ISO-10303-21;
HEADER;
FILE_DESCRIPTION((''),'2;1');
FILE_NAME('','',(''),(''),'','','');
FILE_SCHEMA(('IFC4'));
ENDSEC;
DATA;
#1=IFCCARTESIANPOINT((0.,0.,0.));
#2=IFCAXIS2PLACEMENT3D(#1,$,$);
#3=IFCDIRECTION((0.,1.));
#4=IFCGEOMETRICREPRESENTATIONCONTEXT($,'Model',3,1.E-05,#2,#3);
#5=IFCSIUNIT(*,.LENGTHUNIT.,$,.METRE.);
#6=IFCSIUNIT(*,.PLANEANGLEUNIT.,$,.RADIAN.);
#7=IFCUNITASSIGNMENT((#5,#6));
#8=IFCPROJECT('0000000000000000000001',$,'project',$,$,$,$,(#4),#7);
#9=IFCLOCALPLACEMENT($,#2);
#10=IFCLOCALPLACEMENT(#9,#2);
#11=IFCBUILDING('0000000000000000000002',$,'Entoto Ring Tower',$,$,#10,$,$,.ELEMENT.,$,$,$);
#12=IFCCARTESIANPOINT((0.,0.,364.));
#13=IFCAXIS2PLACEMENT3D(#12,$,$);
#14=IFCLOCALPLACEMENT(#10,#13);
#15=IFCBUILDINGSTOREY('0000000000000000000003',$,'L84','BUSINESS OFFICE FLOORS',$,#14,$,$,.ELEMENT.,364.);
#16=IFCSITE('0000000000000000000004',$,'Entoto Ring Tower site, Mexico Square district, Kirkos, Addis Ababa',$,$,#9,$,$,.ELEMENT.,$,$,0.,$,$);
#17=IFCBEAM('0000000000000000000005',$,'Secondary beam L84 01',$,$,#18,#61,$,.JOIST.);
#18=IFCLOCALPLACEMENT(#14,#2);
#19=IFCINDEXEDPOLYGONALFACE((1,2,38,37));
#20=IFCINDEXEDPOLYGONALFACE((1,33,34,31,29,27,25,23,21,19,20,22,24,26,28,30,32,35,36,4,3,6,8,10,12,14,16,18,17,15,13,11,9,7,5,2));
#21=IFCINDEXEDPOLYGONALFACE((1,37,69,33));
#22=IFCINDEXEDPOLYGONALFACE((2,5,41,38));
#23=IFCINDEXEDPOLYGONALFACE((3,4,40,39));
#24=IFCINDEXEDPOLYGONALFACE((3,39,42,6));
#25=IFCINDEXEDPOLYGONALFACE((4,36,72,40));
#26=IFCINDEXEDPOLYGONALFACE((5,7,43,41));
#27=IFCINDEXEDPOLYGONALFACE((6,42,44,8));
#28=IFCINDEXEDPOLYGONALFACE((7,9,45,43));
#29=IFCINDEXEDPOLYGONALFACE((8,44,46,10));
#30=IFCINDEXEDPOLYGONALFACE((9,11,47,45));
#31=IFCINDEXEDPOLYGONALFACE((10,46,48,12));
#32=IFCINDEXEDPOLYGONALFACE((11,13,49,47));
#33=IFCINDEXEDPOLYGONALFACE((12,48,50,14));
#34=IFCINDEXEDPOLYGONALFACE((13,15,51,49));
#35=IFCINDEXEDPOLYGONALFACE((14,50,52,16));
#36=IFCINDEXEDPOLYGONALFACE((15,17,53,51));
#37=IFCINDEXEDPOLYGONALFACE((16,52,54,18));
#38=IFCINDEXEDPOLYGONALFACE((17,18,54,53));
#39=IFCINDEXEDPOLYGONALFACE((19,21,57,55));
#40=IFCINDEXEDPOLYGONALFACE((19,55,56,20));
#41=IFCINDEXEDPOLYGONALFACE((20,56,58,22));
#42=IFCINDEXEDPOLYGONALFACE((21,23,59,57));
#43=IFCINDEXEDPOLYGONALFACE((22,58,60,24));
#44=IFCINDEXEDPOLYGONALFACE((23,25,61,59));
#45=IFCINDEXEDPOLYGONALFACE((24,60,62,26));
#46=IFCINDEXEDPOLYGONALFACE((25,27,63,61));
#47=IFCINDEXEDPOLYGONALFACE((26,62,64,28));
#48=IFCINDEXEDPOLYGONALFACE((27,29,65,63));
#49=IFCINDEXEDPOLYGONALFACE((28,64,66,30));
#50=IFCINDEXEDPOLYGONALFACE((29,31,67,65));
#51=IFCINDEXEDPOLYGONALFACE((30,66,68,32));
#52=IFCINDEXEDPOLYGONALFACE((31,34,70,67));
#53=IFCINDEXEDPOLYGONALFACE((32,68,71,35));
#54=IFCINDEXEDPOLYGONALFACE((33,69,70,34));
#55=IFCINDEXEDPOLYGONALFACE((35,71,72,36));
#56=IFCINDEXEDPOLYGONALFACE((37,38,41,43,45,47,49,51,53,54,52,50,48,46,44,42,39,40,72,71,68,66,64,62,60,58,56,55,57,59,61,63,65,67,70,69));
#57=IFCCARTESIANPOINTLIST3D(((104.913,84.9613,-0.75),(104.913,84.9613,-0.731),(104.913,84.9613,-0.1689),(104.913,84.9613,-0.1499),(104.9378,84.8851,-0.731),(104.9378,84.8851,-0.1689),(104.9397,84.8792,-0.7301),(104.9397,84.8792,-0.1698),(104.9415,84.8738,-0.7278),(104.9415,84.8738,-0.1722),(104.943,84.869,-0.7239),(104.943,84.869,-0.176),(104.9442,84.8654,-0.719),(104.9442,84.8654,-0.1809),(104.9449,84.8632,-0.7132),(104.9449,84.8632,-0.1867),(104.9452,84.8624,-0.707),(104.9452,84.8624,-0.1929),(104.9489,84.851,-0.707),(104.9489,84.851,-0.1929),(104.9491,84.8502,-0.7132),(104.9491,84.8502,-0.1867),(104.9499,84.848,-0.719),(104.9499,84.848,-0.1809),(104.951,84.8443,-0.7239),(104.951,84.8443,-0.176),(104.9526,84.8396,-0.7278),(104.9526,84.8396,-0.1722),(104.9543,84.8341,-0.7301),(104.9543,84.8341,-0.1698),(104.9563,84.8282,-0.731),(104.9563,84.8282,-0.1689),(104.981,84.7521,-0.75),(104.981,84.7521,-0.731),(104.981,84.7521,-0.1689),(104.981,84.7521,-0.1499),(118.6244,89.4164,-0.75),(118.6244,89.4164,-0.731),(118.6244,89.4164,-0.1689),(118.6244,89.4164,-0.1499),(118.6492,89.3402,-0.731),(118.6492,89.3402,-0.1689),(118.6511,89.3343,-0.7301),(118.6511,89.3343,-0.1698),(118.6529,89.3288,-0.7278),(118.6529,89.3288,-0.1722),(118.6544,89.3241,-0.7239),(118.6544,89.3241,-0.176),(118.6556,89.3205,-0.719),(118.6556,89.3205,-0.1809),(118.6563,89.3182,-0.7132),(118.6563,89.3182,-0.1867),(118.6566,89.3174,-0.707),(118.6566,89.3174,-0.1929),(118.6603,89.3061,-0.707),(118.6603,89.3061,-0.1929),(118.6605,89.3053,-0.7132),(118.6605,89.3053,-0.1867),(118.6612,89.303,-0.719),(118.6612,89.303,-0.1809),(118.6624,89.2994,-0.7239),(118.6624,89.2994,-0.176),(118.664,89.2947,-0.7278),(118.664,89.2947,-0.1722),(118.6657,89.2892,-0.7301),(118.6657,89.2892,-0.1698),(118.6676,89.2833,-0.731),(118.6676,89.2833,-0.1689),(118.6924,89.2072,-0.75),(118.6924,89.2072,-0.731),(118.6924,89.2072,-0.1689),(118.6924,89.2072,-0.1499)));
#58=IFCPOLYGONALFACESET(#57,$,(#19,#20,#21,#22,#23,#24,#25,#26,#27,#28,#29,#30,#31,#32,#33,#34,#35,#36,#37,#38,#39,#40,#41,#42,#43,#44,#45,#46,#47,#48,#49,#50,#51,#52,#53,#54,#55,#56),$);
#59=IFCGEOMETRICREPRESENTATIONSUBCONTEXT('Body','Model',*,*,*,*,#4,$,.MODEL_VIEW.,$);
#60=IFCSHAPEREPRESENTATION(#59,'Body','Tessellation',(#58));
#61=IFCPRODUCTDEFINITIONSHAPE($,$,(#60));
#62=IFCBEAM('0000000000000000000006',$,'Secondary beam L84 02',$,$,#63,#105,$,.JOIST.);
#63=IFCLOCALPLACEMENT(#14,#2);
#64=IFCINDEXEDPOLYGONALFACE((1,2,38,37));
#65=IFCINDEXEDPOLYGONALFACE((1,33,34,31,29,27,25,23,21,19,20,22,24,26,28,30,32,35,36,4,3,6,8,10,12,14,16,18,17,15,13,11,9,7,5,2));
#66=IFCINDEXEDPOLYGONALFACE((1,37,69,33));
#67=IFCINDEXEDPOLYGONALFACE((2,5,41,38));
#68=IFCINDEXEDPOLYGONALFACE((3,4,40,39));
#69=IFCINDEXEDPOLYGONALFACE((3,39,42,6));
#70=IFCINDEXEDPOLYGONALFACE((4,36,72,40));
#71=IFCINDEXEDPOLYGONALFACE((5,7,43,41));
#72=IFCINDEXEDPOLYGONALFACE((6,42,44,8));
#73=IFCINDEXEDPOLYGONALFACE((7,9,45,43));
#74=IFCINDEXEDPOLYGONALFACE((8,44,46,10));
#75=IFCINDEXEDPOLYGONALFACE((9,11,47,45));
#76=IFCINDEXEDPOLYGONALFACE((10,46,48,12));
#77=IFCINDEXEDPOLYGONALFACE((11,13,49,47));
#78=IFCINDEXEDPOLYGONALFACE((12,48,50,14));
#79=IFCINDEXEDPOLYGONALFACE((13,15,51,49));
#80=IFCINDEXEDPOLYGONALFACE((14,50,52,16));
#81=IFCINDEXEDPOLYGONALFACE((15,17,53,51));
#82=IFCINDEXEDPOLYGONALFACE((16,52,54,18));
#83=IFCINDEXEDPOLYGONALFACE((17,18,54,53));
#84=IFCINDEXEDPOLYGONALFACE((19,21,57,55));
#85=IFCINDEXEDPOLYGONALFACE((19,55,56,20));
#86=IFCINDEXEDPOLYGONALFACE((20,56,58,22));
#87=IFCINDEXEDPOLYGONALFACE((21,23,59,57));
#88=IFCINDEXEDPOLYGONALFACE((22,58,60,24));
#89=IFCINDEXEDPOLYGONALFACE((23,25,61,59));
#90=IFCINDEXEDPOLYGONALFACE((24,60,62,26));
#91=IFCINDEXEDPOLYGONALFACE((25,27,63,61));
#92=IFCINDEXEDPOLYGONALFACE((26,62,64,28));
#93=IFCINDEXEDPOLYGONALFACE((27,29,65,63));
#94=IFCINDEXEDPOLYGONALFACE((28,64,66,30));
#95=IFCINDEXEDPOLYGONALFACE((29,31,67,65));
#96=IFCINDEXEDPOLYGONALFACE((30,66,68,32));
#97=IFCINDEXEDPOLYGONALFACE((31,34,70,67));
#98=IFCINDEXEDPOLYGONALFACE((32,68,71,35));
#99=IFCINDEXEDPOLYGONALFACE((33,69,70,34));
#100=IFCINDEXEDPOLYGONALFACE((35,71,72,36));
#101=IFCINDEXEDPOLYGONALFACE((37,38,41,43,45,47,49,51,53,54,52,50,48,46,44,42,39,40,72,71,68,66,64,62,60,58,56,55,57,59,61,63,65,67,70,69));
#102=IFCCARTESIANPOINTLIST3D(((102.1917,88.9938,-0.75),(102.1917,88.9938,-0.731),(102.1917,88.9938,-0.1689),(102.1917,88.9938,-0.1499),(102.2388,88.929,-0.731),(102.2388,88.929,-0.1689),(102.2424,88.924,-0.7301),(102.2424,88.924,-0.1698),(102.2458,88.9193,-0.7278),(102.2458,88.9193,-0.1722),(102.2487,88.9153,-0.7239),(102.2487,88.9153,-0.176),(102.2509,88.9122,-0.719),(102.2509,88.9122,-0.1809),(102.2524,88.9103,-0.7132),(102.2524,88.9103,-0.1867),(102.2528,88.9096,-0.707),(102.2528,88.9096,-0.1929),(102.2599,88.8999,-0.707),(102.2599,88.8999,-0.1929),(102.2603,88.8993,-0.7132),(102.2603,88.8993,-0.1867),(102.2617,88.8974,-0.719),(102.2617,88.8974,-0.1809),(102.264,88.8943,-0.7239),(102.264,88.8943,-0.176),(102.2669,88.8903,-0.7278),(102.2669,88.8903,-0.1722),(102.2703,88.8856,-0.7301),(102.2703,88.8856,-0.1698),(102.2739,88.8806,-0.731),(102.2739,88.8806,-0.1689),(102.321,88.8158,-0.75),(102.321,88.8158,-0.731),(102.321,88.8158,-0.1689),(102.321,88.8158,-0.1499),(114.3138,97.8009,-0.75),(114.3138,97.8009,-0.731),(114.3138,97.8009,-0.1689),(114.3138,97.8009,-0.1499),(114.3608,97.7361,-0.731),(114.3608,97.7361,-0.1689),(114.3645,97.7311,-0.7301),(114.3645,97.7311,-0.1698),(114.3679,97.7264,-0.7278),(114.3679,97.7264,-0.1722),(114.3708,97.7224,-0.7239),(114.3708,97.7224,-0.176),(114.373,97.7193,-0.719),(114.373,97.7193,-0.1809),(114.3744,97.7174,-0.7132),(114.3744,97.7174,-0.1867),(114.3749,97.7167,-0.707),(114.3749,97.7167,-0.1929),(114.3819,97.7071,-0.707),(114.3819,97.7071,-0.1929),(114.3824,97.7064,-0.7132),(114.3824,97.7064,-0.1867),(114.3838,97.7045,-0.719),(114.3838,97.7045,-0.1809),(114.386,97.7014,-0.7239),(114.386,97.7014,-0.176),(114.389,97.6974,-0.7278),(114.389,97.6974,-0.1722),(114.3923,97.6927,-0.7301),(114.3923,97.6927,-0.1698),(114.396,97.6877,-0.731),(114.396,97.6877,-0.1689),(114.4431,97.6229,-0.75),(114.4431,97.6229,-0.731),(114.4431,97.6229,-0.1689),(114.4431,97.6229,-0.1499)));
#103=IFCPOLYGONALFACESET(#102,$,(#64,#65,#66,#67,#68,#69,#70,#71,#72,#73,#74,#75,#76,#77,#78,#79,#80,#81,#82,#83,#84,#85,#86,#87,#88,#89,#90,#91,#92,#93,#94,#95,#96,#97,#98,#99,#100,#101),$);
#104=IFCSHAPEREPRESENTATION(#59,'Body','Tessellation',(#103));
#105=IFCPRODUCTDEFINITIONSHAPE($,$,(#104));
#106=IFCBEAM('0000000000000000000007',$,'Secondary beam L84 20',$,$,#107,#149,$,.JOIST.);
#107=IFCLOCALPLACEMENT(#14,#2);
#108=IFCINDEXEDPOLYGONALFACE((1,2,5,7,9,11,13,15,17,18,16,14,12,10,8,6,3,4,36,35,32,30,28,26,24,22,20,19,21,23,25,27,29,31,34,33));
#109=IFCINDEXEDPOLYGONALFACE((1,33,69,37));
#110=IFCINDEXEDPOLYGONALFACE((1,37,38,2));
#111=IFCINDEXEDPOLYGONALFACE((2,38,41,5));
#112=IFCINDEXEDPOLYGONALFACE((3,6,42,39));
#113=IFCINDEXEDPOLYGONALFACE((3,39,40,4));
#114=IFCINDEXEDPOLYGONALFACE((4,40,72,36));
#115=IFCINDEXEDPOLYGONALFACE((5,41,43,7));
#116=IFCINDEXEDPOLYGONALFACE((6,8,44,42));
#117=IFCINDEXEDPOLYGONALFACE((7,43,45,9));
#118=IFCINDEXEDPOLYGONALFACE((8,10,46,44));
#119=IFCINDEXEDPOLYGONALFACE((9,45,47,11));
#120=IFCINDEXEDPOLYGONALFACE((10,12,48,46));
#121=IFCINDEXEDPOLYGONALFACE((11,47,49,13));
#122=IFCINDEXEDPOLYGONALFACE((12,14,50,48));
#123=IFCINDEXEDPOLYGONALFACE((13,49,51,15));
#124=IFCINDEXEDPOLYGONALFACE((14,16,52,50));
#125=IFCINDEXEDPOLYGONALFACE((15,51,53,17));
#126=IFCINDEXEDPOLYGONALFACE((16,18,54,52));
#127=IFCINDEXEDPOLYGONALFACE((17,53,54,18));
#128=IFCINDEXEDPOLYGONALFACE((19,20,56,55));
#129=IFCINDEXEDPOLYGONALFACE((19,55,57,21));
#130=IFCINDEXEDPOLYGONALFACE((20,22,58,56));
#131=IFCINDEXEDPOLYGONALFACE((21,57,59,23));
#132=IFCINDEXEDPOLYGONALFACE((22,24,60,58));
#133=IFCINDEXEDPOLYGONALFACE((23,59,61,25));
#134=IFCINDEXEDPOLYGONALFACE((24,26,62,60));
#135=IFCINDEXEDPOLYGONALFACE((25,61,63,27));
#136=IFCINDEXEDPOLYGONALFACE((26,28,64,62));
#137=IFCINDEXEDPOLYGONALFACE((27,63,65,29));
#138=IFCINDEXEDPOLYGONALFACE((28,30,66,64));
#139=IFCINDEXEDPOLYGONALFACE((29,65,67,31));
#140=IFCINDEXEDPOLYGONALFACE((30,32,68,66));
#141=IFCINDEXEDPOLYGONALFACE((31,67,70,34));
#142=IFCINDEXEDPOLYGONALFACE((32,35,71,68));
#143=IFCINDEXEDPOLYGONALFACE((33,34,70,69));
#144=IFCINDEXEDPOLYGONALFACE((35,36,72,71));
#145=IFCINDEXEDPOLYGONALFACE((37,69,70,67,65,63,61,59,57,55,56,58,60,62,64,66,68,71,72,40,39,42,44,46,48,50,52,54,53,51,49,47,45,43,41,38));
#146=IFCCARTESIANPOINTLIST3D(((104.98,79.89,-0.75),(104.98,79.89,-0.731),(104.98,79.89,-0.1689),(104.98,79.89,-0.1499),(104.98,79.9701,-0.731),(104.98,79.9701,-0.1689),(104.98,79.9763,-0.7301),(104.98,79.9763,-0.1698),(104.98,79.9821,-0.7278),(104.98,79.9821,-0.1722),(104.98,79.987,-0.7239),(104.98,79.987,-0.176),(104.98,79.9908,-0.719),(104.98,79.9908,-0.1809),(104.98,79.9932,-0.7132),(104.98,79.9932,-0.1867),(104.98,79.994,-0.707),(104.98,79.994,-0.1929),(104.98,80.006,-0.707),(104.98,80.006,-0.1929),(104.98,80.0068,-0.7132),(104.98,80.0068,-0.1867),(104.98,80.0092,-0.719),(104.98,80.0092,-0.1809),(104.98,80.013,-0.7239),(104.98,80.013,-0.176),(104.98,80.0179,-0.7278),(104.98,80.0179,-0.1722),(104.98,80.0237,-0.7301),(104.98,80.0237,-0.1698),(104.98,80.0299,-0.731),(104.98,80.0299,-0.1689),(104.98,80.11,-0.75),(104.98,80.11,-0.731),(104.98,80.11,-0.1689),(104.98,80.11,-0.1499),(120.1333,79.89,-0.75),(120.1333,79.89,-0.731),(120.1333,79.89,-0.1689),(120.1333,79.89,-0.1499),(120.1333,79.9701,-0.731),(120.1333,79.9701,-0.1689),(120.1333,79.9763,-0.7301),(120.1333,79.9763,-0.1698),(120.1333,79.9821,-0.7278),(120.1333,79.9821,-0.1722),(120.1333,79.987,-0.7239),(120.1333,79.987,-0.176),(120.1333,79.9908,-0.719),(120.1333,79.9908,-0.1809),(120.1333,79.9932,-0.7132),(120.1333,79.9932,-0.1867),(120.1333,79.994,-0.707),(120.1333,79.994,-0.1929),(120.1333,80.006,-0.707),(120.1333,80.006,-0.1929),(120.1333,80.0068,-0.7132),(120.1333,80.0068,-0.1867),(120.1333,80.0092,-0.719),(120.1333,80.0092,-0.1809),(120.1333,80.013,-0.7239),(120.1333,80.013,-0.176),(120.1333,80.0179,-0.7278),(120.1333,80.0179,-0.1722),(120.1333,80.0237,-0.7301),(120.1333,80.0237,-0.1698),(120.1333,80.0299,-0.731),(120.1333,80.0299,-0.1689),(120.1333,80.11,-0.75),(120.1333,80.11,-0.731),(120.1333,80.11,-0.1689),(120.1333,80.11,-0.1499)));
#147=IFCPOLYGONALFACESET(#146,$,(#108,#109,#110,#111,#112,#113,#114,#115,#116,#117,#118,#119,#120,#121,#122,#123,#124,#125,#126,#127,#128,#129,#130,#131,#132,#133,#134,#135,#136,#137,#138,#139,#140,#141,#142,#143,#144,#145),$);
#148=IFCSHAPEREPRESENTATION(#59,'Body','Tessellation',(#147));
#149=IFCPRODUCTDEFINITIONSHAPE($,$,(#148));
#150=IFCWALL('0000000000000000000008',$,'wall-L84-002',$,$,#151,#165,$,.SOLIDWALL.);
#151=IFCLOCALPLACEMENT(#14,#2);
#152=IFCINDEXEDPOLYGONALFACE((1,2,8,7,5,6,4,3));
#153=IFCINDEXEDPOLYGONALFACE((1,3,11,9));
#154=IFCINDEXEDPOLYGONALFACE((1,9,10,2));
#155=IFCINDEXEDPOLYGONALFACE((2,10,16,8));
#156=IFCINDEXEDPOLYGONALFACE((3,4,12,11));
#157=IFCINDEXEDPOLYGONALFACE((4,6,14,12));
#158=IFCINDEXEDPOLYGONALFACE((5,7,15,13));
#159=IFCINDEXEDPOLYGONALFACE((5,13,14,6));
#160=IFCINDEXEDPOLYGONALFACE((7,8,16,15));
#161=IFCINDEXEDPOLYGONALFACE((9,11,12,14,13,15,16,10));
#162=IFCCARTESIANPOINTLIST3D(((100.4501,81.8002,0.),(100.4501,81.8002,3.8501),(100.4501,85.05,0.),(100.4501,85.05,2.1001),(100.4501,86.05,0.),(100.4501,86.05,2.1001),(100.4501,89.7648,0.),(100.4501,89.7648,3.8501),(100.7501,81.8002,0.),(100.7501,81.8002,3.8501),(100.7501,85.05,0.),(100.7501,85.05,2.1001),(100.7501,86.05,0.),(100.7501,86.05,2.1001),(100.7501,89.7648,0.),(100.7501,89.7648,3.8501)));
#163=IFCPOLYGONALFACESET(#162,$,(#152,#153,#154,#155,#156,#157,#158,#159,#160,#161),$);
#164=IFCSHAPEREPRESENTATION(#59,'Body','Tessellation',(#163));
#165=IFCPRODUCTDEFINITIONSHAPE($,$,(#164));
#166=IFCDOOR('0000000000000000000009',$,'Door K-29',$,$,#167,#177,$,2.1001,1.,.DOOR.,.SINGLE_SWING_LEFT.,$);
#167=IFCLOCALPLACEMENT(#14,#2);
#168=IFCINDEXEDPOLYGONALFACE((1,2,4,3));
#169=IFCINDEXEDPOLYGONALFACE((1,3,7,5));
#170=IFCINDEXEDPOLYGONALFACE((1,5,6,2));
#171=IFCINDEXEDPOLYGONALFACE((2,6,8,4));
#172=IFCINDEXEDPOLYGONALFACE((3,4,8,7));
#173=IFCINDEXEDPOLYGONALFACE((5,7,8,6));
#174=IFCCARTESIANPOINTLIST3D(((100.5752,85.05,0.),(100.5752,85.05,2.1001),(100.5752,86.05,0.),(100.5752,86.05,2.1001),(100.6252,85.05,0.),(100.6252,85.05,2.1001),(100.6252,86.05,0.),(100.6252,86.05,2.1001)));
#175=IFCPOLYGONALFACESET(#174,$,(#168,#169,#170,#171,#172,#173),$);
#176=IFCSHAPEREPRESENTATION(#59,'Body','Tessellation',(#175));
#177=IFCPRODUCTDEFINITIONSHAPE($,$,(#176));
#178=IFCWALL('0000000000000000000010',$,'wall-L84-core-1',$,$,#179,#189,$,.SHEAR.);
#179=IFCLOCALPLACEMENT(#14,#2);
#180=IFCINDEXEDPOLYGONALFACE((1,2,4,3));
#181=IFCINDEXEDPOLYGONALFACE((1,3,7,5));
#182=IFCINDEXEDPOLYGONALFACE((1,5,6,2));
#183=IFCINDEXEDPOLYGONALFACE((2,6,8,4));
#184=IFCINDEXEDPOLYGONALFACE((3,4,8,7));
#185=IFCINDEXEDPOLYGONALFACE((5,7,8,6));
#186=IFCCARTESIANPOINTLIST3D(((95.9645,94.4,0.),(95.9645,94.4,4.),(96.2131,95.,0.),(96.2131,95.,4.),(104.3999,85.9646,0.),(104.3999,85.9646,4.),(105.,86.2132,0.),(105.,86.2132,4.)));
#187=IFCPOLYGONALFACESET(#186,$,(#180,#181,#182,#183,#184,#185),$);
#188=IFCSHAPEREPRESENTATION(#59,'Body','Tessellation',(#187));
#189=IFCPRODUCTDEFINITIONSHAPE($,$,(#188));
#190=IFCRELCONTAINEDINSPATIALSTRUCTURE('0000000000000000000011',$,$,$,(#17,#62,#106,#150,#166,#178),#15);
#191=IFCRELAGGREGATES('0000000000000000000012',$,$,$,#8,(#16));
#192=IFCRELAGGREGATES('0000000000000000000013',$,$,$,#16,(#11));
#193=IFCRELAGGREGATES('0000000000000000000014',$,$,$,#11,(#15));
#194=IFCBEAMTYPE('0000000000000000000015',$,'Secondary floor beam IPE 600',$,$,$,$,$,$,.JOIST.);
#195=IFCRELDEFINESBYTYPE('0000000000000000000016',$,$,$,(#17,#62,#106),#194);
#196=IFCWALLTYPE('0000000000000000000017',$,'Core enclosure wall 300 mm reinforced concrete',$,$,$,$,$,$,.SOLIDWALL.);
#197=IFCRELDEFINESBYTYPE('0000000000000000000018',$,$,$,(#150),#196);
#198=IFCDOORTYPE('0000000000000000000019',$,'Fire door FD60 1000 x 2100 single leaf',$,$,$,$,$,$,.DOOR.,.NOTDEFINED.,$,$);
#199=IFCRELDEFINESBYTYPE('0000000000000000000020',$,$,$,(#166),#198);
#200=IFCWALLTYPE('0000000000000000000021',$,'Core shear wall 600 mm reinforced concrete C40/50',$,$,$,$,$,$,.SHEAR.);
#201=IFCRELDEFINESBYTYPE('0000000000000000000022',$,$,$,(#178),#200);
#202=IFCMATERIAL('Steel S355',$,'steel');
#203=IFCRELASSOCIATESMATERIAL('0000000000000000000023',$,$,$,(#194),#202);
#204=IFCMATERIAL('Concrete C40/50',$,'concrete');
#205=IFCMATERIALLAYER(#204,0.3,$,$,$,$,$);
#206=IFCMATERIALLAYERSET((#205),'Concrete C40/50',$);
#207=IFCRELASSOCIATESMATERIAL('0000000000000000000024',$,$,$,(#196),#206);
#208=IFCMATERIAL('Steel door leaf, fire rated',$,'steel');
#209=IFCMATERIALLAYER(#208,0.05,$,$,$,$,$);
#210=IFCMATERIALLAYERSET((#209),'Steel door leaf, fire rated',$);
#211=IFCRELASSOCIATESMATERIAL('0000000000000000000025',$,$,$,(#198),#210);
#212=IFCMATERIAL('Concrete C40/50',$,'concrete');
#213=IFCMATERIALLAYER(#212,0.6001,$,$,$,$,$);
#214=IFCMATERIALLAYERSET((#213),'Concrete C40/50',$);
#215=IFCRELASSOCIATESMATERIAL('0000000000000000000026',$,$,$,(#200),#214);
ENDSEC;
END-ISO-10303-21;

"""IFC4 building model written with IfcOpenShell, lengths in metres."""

from ifc_helpers import new_model, si_unit, direction, frame, frame_2d, origin, origin_2d, place, context, subcontext, project, spatial, polyline, rectangle, i_section, outline, extrude, material, layer, layer_set, material_profile, profile_set, type_object, element, fill, save


model = new_model("IFC4")

# Units and contexts
model_context = context("Model", 3, precision=1e-05, world=origin(), true_north=direction((0.0, 1.0)))
body_context = subcontext(model_context, "Body", "Model", "MODEL_VIEW")
ifc_project = project(units=[si_unit("LENGTHUNIT", "METRE"), si_unit("PLANEANGLEUNIT", "RADIAN")], contexts=[model_context])

# Site, building, storey
site_placement = place(None, origin())
site = spatial("IfcSite", under=ifc_project, at=site_placement, Name="Entoto Ring Tower site, Mexico Square district, Kirkos, Addis Ababa", CompositionType="ELEMENT", RefElevation=0.0)
building_placement = place(site_placement, origin())
building = spatial("IfcBuilding", under=site, at=building_placement, Name="Entoto Ring Tower", CompositionType="ELEMENT")
storey_placement = place(building_placement, frame((0.0, 0.0, 364.0)))
storey = spatial("IfcBuildingStorey", under=building, at=storey_placement, Name="L84", Description="BUSINESS OFFICE FLOORS", CompositionType="ELEMENT", Elevation=364.0)

# Beams
ifc_material_1 = material(Name="Steel S355", Category="steel")
ifc_material_profile_1 = material_profile(ifc_material_1, i_section(OverallWidth=0.22, OverallDepth=0.6001, WebThickness=0.012, FlangeThickness=0.019, FilletRadius=0.0239, at=origin_2d()), Name="IPE 600")
ifc_profile_set_1 = profile_set([ifc_material_profile_1], Name="Steel S355")
beam_type_1 = type_object("IfcBeamType", Name="Secondary floor beam IPE 600", PredefinedType="JOIST", material=ifc_profile_set_1)
beam_1_placement = place(storey_placement, frame((104.947, 84.8567, -0.45), z_axis=(0.951057, 0.309015, 0.0), x_axis=(-0.309015, 0.951057, 0.0)))
element("IfcBeam", 1, at=beam_1_placement, inside=storey, type_object=beam_type_1, Name="Secondary beam L84 01", PredefinedType="JOIST", context=body_context, shape_type="SweptSolid", body=[
    extrude(i_section(OverallWidth=0.22, OverallDepth=0.6001, WebThickness=0.012, FlangeThickness=0.019, FilletRadius=0.0239, at=origin_2d()), origin(), (0.0, 0.0, 1.0), 14.417),
])
beam_2_placement = place(storey_placement, frame((102.2563, 88.9048, -0.45), z_axis=(0.809019, 0.587782, 0.0), x_axis=(-0.587782, 0.809019, 0.0)))
element("IfcBeam", 2, at=beam_2_placement, inside=storey, type_object=beam_type_1, Name="Secondary beam L84 02", PredefinedType="JOIST", context=body_context, shape_type="SweptSolid", body=[
    extrude(i_section(OverallWidth=0.22, OverallDepth=0.6001, WebThickness=0.012, FlangeThickness=0.019, FilletRadius=0.0239, at=origin_2d()), origin(), (0.0, 0.0, 1.0), 14.9836),
])
beam_3_placement = place(storey_placement, frame((104.98, 80.0, -0.45), z_axis=(1.0, 0.0, 0.0), x_axis=(0.0, 1.0, 0.0)))
element("IfcBeam", 3, at=beam_3_placement, inside=storey, type_object=beam_type_1, Name="Secondary beam L84 20", PredefinedType="JOIST", context=body_context, shape_type="SweptSolid", body=[
    extrude(i_section(OverallWidth=0.22, OverallDepth=0.6001, WebThickness=0.012, FlangeThickness=0.019, FilletRadius=0.0239, at=origin_2d()), origin(), (0.0, 0.0, 1.0), 15.1533),
])

# Wall, opening, door
ifc_material_2 = material(Name="Concrete C40/50", Category="concrete")
ifc_layer_1 = layer(ifc_material_2, 0.3)
ifc_layer_set_1 = layer_set([ifc_layer_1], Name="Concrete C40/50")
wall_type_1 = type_object("IfcWallType", Name="Core enclosure wall 300 mm reinforced concrete", PredefinedType="SOLIDWALL", material=ifc_layer_set_1)
wall_1_placement = place(storey_placement, frame((100.6001, 81.8, 0.0), z_axis=(0.0, 0.0, 1.0), x_axis=(0.0, 1.0, 0.0)))
wall_1 = element("IfcWall", 4, at=wall_1_placement, inside=storey, type_object=wall_type_1, Name="wall-L84-002", PredefinedType="SOLIDWALL", context=body_context, shape_type="SweptSolid", body=[
    extrude(rectangle(XDim=7.9646, YDim=0.3, at=frame_2d((3.9824, 0.0))), origin(), (0.0, 0.0, 1.0), 3.8501),
])
opening_1_placement = place(wall_1_placement, frame((3.25, 0.0, 0.0)))
opening_1 = element("IfcOpeningElement", 5, at=opening_1_placement, cuts=wall_1, PredefinedType="OPENING", context=body_context, shape_type="SweptSolid", body=[
    extrude(rectangle(XDim=1.0, YDim=2.1001, at=frame_2d((0.5, 1.05))), frame((0.0, 0.1602, 0.0), z_axis=(0.0, -1.0, 0.0), x_axis=(1.0, 0.0, 0.0)), (0.0, 0.0, 1.0), 0.3201),
])
ifc_material_3 = material(Name="Steel door leaf, fire rated", Category="steel")
ifc_layer_2 = layer(ifc_material_3, 0.05)
ifc_layer_set_2 = layer_set([ifc_layer_2], Name="Steel door leaf, fire rated")
door_type_1 = type_object("IfcDoorType", Name="Fire door FD60 1000 x 2100 single leaf", OperationType="NOTDEFINED", PredefinedType="DOOR", material=ifc_layer_set_2)
door_1_placement = place(opening_1_placement, origin())
door_1 = element("IfcDoor", 6, at=door_1_placement, inside=storey, type_object=door_type_1, Name="Door K-29", OperationType="SINGLE_SWING_LEFT", OverallHeight=2.1001, OverallWidth=1.0, PredefinedType="DOOR", context=body_context, shape_type="SweptSolid", body=[
    extrude(rectangle(XDim=1.0, YDim=2.1001, at=frame_2d((0.5, 1.05))), frame((0.0, 0.0249, 0.0), z_axis=(0.0, -1.0, 0.0), x_axis=(1.0, 0.0, 0.0)), (0.0, 0.0, 1.0), 0.05),
])
fill(opening_1, door_1)

# Wall
ifc_material_4 = material(Name="Concrete C40/50", Category="concrete")
ifc_layer_3 = layer(ifc_material_4, 0.6001)
ifc_layer_set_3 = layer_set([ifc_layer_3], Name="Concrete C40/50")
wall_type_2 = type_object("IfcWallType", Name="Core shear wall 600 mm reinforced concrete C40/50", PredefinedType="SHEAR", material=ifc_layer_set_3)
wall_2_placement = place(storey_placement, frame((104.7, 86.0889, 0.0), z_axis=(0.0, 0.0, 1.0), x_axis=(-0.707107, 0.707107, 0.0)))
element("IfcWall", 7, at=wall_2_placement, inside=storey, type_object=wall_type_2, Name="wall-L84-core-1", PredefinedType="SHEAR", context=body_context, shape_type="SweptSolid", body=[
    extrude(outline(polyline([(-0.1243, -0.3), (12.3022, -0.3), (12.0537, 0.3), (0.1243, 0.3), (-0.1243, -0.3)])), origin(), (0.0, 0.0, 1.0), 4.0),
])

save(model, "model.ifc")
